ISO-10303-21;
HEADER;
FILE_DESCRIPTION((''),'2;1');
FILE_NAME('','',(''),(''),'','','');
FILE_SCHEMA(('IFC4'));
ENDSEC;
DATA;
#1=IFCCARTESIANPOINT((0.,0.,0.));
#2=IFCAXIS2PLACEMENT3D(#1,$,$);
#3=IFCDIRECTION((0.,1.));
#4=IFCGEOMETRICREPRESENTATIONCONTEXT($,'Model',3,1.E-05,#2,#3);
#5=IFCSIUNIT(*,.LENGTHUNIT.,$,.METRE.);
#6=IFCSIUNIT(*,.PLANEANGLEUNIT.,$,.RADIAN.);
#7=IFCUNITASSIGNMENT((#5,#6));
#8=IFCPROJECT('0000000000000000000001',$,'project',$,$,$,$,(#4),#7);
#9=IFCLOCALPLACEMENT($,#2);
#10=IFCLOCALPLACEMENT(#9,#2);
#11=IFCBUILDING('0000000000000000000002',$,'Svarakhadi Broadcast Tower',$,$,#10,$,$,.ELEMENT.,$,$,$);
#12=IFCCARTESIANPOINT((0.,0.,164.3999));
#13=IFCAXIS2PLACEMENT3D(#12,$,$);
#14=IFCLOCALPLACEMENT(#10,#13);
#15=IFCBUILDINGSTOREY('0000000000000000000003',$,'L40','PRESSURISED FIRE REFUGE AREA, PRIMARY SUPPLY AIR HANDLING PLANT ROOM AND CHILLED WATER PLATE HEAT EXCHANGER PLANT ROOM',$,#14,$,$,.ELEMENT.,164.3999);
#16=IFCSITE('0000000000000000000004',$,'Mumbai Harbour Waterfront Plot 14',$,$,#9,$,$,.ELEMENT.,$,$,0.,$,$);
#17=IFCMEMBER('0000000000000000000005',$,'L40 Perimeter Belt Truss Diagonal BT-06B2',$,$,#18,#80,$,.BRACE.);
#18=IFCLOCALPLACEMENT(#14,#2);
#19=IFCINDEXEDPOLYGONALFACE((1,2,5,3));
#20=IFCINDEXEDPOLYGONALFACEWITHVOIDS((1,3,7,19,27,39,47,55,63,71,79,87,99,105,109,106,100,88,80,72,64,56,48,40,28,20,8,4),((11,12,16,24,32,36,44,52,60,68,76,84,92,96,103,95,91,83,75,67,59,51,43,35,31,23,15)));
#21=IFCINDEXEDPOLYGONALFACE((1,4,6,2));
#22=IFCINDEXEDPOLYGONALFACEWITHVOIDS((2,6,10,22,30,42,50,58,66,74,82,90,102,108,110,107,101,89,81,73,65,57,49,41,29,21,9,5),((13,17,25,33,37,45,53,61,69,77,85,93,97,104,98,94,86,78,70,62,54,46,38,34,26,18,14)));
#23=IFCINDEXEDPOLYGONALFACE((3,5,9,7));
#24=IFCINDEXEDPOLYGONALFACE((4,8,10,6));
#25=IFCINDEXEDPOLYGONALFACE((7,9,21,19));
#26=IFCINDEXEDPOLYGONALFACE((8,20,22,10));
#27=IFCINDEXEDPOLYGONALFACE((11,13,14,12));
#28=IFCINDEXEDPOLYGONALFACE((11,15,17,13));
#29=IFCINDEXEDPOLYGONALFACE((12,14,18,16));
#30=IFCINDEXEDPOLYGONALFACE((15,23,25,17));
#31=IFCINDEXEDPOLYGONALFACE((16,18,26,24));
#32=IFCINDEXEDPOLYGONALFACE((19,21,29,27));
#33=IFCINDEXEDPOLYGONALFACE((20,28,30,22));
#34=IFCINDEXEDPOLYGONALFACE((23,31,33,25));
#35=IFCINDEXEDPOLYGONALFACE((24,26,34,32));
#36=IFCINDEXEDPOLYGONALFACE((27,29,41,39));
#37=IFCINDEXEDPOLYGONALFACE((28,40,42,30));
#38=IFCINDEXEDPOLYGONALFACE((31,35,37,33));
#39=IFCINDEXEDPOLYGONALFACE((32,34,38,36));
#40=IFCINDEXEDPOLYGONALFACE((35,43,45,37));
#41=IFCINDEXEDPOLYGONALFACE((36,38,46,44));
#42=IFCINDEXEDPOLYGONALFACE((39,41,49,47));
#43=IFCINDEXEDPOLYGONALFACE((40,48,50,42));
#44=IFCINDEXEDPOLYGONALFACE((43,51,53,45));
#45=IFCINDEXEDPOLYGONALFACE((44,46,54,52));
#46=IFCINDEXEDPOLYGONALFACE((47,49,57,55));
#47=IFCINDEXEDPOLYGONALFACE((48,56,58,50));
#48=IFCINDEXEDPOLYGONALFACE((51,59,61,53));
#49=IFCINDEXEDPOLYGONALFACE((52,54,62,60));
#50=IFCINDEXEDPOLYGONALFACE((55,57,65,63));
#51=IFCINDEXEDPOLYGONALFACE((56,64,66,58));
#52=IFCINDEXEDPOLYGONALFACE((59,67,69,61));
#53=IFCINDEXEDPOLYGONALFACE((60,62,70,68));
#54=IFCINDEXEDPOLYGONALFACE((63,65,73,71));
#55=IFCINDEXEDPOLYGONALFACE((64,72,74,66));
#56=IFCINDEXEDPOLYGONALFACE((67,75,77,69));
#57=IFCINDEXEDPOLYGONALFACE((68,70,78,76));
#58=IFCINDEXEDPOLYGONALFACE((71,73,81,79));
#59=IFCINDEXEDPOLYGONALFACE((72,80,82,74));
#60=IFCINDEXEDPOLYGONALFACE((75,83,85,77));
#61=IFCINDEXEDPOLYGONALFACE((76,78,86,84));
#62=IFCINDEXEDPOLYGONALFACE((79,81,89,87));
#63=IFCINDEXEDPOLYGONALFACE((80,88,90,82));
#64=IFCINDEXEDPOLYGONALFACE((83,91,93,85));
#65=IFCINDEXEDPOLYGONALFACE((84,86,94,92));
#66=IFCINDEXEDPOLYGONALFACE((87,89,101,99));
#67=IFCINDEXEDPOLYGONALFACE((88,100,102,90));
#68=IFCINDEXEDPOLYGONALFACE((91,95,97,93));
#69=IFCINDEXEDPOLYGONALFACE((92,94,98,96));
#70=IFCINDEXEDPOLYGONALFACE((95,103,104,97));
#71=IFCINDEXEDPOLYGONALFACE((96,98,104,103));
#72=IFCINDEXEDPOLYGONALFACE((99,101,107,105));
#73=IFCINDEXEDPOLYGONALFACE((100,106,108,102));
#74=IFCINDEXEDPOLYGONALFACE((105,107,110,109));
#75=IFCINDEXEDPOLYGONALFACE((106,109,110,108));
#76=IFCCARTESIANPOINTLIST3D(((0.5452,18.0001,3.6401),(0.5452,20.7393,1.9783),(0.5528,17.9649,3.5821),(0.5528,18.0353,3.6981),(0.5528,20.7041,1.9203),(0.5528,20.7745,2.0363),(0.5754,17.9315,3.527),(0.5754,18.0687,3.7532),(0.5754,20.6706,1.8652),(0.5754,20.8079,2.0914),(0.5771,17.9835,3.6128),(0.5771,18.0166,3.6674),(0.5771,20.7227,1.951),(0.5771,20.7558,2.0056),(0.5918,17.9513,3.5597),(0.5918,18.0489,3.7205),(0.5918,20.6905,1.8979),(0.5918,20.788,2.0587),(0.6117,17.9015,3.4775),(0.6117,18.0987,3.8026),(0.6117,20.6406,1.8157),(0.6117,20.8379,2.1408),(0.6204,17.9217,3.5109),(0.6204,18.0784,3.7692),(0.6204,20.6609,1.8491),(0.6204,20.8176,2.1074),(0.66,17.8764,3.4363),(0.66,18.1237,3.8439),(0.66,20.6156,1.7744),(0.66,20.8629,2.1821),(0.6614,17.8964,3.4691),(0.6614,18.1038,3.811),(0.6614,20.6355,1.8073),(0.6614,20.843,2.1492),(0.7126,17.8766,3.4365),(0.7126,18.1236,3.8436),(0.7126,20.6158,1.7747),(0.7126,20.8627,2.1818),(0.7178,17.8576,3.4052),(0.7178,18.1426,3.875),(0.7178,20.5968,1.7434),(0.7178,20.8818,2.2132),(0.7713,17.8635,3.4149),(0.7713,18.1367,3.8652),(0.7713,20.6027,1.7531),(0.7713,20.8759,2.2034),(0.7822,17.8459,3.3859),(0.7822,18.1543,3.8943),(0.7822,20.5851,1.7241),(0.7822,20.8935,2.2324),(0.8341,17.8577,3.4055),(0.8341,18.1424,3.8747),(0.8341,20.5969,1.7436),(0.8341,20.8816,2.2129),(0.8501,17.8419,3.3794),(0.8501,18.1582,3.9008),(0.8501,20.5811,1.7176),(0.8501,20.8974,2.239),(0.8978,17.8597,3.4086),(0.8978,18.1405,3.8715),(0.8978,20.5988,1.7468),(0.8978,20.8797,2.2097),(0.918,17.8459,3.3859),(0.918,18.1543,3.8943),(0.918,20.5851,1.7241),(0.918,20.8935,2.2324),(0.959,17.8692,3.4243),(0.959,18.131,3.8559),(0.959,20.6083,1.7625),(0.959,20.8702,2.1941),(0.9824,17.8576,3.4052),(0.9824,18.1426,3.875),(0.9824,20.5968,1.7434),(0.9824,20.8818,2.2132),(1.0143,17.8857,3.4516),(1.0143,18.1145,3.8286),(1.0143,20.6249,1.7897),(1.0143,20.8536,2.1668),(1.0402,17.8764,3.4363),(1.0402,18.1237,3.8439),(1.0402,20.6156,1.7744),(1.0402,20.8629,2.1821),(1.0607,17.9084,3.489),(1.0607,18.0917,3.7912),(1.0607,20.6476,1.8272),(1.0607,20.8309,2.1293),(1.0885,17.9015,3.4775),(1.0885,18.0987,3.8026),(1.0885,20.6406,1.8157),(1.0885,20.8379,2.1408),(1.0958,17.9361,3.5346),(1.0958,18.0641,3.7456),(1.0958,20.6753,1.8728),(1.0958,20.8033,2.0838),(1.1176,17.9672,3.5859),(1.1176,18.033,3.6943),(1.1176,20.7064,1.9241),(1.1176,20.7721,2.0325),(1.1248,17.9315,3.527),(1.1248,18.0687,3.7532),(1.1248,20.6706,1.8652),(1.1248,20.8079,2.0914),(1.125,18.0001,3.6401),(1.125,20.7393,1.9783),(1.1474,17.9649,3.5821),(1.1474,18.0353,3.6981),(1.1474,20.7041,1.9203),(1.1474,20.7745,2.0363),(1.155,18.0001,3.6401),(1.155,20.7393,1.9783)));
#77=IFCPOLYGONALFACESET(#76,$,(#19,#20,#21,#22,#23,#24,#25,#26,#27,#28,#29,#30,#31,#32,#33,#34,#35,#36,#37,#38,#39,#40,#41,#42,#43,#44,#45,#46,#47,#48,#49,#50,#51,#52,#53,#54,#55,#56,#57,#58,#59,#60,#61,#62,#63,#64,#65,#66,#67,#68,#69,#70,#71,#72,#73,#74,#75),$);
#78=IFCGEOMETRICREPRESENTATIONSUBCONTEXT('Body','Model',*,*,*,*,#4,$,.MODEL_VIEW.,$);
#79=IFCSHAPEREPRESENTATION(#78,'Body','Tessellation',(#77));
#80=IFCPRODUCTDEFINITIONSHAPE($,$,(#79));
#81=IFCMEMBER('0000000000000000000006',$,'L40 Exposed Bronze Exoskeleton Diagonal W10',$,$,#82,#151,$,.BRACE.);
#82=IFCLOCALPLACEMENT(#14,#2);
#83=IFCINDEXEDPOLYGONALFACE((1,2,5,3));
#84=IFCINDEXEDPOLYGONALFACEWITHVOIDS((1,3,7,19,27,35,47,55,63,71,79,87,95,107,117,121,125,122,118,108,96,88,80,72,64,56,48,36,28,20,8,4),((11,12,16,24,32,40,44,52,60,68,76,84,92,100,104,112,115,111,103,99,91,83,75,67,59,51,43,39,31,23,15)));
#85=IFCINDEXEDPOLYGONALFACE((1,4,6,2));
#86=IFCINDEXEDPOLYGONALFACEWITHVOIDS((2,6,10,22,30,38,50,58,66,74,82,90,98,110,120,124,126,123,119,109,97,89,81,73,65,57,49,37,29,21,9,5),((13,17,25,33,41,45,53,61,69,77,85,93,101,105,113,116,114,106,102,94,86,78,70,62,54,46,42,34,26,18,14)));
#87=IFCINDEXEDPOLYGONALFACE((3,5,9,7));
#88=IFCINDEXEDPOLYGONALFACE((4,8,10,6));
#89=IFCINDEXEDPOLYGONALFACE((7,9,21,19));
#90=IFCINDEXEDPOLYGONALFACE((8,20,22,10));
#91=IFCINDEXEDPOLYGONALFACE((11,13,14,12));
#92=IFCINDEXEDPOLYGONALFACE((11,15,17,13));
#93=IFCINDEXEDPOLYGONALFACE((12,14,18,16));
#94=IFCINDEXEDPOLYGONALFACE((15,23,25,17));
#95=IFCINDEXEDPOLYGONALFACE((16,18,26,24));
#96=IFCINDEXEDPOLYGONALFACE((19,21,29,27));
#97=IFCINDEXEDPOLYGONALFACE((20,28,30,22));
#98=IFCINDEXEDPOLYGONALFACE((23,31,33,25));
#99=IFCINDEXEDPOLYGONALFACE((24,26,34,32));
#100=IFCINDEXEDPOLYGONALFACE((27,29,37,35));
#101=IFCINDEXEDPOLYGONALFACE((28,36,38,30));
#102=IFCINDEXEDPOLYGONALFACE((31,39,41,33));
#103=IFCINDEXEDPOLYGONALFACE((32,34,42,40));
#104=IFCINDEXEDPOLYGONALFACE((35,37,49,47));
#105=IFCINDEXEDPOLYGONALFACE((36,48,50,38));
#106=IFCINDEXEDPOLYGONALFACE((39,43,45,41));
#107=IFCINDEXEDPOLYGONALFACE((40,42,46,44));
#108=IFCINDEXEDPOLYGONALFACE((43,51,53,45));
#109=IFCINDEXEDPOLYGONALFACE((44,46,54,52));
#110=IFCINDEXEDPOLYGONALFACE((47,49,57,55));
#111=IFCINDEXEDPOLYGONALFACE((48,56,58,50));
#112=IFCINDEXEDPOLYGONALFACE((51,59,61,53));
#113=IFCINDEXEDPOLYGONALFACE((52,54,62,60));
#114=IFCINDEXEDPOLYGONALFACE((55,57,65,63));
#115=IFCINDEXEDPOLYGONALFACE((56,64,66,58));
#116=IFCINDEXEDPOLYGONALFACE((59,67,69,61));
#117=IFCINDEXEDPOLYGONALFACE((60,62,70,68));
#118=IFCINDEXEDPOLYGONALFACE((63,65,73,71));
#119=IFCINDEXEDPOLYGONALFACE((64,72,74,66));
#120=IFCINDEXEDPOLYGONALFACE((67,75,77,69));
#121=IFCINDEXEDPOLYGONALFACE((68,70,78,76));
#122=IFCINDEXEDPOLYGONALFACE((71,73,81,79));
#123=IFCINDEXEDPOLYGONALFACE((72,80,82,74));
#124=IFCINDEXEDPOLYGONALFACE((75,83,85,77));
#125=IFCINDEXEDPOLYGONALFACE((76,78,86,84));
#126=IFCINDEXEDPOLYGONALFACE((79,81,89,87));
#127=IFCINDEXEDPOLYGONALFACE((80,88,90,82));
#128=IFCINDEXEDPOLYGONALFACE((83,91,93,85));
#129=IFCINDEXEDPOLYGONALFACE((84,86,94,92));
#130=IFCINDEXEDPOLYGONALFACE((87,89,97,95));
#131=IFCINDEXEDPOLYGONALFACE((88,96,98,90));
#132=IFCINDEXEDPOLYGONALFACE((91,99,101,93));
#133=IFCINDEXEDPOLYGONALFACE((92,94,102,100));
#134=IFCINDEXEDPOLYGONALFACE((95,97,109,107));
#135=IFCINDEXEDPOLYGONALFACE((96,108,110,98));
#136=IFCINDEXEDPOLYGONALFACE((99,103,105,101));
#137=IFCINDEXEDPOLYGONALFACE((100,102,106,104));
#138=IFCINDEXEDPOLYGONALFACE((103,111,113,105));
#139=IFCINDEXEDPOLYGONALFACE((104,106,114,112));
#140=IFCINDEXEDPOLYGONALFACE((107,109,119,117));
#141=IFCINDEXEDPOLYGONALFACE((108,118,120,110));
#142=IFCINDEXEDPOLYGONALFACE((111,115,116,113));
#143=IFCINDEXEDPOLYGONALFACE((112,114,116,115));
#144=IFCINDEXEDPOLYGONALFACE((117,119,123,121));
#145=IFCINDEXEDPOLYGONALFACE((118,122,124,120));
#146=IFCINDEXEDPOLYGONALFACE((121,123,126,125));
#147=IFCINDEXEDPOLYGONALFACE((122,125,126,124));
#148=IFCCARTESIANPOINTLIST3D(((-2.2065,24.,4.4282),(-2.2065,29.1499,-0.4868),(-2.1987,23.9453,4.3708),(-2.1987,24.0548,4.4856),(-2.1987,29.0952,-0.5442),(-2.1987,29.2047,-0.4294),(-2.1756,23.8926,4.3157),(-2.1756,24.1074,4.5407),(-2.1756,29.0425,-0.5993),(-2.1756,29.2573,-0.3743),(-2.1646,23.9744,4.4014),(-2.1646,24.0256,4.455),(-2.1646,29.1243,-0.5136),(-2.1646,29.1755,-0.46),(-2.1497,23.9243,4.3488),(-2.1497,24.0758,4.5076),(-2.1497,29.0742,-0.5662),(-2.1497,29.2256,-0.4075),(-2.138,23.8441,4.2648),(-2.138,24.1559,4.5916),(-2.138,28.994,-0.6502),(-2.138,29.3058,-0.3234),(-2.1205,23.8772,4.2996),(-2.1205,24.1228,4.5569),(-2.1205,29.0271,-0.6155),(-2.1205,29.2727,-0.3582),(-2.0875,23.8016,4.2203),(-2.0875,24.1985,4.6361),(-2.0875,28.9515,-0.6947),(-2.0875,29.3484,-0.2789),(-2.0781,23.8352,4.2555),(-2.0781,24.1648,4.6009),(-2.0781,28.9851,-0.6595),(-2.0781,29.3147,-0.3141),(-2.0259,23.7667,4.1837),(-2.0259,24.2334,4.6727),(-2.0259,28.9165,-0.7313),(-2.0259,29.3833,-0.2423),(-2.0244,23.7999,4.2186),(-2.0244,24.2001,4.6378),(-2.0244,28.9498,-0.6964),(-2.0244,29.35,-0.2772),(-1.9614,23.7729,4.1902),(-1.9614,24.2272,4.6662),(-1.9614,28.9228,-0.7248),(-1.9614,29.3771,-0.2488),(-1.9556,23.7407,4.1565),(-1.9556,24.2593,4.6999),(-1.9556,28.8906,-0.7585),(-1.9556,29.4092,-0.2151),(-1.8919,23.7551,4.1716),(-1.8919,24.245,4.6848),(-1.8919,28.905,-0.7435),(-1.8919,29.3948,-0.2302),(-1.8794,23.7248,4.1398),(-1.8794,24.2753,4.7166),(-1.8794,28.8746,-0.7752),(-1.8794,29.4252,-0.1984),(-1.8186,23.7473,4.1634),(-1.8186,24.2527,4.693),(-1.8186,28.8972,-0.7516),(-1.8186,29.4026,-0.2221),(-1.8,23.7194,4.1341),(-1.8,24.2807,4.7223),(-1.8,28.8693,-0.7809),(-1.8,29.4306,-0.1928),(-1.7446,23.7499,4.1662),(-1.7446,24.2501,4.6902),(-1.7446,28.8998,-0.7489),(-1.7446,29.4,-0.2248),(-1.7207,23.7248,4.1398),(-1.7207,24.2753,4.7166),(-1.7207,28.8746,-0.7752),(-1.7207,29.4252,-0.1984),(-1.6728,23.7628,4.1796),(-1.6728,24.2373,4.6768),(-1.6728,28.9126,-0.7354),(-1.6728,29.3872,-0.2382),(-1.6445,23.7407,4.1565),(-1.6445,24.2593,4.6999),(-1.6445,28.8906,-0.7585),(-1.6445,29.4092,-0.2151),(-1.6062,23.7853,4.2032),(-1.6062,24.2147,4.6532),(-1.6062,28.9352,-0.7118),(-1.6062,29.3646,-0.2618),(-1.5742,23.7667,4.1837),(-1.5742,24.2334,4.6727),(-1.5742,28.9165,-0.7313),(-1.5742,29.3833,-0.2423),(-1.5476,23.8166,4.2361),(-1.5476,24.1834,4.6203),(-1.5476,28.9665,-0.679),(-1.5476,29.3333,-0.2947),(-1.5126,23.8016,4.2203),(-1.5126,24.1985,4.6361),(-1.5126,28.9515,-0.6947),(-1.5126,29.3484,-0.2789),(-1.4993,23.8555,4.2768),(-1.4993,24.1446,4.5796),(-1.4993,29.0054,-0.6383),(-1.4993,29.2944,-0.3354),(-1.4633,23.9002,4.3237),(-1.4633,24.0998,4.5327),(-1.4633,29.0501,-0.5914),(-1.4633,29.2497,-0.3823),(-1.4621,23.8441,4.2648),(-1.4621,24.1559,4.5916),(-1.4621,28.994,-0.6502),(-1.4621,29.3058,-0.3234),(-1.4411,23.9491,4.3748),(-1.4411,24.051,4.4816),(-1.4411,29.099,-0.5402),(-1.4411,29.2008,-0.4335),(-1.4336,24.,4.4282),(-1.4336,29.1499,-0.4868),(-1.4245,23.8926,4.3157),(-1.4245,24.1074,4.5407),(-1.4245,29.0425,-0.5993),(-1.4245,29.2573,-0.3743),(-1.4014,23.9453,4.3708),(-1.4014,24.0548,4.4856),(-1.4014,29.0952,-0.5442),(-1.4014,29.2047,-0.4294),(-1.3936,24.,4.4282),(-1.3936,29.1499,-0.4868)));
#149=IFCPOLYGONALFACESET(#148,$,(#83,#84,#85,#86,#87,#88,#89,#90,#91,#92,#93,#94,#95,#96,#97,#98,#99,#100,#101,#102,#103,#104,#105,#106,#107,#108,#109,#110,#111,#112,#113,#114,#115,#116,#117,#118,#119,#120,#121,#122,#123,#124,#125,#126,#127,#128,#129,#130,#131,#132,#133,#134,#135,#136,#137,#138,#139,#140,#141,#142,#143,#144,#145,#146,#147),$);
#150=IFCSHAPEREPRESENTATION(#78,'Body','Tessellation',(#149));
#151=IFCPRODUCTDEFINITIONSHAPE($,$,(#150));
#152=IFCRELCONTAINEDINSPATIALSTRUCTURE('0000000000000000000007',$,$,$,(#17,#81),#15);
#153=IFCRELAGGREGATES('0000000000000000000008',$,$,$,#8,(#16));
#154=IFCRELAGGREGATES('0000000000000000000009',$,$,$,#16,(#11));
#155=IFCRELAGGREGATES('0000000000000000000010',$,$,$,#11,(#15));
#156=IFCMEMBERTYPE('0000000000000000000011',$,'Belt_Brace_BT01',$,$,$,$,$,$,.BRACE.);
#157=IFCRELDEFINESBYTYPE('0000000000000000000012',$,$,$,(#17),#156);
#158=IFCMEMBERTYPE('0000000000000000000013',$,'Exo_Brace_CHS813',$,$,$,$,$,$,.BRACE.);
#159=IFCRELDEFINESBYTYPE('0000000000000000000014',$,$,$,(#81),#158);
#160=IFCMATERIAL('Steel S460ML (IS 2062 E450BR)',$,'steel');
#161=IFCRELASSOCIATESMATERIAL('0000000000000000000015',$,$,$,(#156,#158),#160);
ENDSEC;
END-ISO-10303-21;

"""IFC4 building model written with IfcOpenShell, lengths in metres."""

from ifc_helpers import new_model, si_unit, direction, frame, origin, origin_2d, place, context, subcontext, project, spatial, hollow_circle, extrude, material, material_profile, profile_set, type_object, element, save


model = new_model("IFC4")

# Units and contexts
model_context = context("Model", 3, precision=1e-05, world=origin(), true_north=direction((0.0, 1.0)))
body_context = subcontext(model_context, "Body", "Model", "MODEL_VIEW")
ifc_project = project(units=[si_unit("LENGTHUNIT", "METRE"), si_unit("PLANEANGLEUNIT", "RADIAN")], contexts=[model_context])

# Site, building, storey
site_placement = place(None, origin())
site = spatial("IfcSite", under=ifc_project, at=site_placement, Name="Mumbai Harbour Waterfront Plot 14", CompositionType="ELEMENT", RefElevation=0.0)
building_placement = place(site_placement, origin())
building = spatial("IfcBuilding", under=site, at=building_placement, Name="Svarakhadi Broadcast Tower", CompositionType="ELEMENT")
storey_placement = place(building_placement, frame((0.0, 0.0, 164.3999)))
storey = spatial("IfcBuildingStorey", under=building, at=storey_placement, Name="L40", Description="PRESSURISED FIRE REFUGE AREA, PRIMARY SUPPLY AIR HANDLING PLANT ROOM AND CHILLED WATER PLATE HEAT EXCHANGER PLANT ROOM", CompositionType="ELEMENT", Elevation=164.3999)

# Members
ifc_material_1 = material(Name="Steel S460ML (IS 2062 E450BR)", Category="steel")
ifc_material_profile_1 = material_profile(ifc_material_1, hollow_circle(Radius=0.3049, WallThickness=0.03, at=origin_2d()), Name="CHS 610x30")
ifc_profile_set_1 = profile_set([ifc_material_profile_1], Name="Steel S460ML (IS 2062 E450BR)")
member_type_1 = type_object("IfcMemberType", Name="Belt_Brace_BT01", PredefinedType="BRACE", material=ifc_profile_set_1)
for number, where, z_axis, x_axis, name in (
    (1, (0.8501, 20.7393, 1.9783), (0.0, -0.854961, 0.518692), (1.0, 0.0, 0.0), "L40 Perimeter Belt Truss Diagonal BT-06B2"),
):
    element("IfcMember", number, at=place(storey_placement, frame(where, z_axis=z_axis, x_axis=x_axis)), inside=storey, type_object=member_type_1, Name=name, PredefinedType="BRACE", context=body_context, shape_type="SweptSolid", body=[
        extrude(hollow_circle(Radius=0.3049, WallThickness=0.03, at=origin_2d()), origin(), (0.0, 0.0, 1.0), 3.2039),
    ])
ifc_material_profile_2 = material_profile(ifc_material_1, hollow_circle(Radius=0.4065, WallThickness=0.04, at=origin_2d()), Name="CHS 813x40")
ifc_profile_set_2 = profile_set([ifc_material_profile_2], Name="Steel S460ML (IS 2062 E450BR)")
member_type_2 = type_object("IfcMemberType", Name="Exo_Brace_CHS813", PredefinedType="BRACE", material=ifc_profile_set_2)
member_1_placement = place(storey_placement, frame((-1.8, 29.1499, -0.4868), z_axis=(0.0, -0.72341, 0.690419), x_axis=(1.0, 0.0, 0.0)))
element("IfcMember", 2, at=member_1_placement, inside=storey, type_object=member_type_2, Name="L40 Exposed Bronze Exoskeleton Diagonal W10", PredefinedType="BRACE", context=body_context, shape_type="SweptSolid", body=[
    extrude(hollow_circle(Radius=0.4065, WallThickness=0.04, at=origin_2d()), origin(), (0.0, 0.0, 1.0), 7.1189),
])

save(model, "model.ifc")
